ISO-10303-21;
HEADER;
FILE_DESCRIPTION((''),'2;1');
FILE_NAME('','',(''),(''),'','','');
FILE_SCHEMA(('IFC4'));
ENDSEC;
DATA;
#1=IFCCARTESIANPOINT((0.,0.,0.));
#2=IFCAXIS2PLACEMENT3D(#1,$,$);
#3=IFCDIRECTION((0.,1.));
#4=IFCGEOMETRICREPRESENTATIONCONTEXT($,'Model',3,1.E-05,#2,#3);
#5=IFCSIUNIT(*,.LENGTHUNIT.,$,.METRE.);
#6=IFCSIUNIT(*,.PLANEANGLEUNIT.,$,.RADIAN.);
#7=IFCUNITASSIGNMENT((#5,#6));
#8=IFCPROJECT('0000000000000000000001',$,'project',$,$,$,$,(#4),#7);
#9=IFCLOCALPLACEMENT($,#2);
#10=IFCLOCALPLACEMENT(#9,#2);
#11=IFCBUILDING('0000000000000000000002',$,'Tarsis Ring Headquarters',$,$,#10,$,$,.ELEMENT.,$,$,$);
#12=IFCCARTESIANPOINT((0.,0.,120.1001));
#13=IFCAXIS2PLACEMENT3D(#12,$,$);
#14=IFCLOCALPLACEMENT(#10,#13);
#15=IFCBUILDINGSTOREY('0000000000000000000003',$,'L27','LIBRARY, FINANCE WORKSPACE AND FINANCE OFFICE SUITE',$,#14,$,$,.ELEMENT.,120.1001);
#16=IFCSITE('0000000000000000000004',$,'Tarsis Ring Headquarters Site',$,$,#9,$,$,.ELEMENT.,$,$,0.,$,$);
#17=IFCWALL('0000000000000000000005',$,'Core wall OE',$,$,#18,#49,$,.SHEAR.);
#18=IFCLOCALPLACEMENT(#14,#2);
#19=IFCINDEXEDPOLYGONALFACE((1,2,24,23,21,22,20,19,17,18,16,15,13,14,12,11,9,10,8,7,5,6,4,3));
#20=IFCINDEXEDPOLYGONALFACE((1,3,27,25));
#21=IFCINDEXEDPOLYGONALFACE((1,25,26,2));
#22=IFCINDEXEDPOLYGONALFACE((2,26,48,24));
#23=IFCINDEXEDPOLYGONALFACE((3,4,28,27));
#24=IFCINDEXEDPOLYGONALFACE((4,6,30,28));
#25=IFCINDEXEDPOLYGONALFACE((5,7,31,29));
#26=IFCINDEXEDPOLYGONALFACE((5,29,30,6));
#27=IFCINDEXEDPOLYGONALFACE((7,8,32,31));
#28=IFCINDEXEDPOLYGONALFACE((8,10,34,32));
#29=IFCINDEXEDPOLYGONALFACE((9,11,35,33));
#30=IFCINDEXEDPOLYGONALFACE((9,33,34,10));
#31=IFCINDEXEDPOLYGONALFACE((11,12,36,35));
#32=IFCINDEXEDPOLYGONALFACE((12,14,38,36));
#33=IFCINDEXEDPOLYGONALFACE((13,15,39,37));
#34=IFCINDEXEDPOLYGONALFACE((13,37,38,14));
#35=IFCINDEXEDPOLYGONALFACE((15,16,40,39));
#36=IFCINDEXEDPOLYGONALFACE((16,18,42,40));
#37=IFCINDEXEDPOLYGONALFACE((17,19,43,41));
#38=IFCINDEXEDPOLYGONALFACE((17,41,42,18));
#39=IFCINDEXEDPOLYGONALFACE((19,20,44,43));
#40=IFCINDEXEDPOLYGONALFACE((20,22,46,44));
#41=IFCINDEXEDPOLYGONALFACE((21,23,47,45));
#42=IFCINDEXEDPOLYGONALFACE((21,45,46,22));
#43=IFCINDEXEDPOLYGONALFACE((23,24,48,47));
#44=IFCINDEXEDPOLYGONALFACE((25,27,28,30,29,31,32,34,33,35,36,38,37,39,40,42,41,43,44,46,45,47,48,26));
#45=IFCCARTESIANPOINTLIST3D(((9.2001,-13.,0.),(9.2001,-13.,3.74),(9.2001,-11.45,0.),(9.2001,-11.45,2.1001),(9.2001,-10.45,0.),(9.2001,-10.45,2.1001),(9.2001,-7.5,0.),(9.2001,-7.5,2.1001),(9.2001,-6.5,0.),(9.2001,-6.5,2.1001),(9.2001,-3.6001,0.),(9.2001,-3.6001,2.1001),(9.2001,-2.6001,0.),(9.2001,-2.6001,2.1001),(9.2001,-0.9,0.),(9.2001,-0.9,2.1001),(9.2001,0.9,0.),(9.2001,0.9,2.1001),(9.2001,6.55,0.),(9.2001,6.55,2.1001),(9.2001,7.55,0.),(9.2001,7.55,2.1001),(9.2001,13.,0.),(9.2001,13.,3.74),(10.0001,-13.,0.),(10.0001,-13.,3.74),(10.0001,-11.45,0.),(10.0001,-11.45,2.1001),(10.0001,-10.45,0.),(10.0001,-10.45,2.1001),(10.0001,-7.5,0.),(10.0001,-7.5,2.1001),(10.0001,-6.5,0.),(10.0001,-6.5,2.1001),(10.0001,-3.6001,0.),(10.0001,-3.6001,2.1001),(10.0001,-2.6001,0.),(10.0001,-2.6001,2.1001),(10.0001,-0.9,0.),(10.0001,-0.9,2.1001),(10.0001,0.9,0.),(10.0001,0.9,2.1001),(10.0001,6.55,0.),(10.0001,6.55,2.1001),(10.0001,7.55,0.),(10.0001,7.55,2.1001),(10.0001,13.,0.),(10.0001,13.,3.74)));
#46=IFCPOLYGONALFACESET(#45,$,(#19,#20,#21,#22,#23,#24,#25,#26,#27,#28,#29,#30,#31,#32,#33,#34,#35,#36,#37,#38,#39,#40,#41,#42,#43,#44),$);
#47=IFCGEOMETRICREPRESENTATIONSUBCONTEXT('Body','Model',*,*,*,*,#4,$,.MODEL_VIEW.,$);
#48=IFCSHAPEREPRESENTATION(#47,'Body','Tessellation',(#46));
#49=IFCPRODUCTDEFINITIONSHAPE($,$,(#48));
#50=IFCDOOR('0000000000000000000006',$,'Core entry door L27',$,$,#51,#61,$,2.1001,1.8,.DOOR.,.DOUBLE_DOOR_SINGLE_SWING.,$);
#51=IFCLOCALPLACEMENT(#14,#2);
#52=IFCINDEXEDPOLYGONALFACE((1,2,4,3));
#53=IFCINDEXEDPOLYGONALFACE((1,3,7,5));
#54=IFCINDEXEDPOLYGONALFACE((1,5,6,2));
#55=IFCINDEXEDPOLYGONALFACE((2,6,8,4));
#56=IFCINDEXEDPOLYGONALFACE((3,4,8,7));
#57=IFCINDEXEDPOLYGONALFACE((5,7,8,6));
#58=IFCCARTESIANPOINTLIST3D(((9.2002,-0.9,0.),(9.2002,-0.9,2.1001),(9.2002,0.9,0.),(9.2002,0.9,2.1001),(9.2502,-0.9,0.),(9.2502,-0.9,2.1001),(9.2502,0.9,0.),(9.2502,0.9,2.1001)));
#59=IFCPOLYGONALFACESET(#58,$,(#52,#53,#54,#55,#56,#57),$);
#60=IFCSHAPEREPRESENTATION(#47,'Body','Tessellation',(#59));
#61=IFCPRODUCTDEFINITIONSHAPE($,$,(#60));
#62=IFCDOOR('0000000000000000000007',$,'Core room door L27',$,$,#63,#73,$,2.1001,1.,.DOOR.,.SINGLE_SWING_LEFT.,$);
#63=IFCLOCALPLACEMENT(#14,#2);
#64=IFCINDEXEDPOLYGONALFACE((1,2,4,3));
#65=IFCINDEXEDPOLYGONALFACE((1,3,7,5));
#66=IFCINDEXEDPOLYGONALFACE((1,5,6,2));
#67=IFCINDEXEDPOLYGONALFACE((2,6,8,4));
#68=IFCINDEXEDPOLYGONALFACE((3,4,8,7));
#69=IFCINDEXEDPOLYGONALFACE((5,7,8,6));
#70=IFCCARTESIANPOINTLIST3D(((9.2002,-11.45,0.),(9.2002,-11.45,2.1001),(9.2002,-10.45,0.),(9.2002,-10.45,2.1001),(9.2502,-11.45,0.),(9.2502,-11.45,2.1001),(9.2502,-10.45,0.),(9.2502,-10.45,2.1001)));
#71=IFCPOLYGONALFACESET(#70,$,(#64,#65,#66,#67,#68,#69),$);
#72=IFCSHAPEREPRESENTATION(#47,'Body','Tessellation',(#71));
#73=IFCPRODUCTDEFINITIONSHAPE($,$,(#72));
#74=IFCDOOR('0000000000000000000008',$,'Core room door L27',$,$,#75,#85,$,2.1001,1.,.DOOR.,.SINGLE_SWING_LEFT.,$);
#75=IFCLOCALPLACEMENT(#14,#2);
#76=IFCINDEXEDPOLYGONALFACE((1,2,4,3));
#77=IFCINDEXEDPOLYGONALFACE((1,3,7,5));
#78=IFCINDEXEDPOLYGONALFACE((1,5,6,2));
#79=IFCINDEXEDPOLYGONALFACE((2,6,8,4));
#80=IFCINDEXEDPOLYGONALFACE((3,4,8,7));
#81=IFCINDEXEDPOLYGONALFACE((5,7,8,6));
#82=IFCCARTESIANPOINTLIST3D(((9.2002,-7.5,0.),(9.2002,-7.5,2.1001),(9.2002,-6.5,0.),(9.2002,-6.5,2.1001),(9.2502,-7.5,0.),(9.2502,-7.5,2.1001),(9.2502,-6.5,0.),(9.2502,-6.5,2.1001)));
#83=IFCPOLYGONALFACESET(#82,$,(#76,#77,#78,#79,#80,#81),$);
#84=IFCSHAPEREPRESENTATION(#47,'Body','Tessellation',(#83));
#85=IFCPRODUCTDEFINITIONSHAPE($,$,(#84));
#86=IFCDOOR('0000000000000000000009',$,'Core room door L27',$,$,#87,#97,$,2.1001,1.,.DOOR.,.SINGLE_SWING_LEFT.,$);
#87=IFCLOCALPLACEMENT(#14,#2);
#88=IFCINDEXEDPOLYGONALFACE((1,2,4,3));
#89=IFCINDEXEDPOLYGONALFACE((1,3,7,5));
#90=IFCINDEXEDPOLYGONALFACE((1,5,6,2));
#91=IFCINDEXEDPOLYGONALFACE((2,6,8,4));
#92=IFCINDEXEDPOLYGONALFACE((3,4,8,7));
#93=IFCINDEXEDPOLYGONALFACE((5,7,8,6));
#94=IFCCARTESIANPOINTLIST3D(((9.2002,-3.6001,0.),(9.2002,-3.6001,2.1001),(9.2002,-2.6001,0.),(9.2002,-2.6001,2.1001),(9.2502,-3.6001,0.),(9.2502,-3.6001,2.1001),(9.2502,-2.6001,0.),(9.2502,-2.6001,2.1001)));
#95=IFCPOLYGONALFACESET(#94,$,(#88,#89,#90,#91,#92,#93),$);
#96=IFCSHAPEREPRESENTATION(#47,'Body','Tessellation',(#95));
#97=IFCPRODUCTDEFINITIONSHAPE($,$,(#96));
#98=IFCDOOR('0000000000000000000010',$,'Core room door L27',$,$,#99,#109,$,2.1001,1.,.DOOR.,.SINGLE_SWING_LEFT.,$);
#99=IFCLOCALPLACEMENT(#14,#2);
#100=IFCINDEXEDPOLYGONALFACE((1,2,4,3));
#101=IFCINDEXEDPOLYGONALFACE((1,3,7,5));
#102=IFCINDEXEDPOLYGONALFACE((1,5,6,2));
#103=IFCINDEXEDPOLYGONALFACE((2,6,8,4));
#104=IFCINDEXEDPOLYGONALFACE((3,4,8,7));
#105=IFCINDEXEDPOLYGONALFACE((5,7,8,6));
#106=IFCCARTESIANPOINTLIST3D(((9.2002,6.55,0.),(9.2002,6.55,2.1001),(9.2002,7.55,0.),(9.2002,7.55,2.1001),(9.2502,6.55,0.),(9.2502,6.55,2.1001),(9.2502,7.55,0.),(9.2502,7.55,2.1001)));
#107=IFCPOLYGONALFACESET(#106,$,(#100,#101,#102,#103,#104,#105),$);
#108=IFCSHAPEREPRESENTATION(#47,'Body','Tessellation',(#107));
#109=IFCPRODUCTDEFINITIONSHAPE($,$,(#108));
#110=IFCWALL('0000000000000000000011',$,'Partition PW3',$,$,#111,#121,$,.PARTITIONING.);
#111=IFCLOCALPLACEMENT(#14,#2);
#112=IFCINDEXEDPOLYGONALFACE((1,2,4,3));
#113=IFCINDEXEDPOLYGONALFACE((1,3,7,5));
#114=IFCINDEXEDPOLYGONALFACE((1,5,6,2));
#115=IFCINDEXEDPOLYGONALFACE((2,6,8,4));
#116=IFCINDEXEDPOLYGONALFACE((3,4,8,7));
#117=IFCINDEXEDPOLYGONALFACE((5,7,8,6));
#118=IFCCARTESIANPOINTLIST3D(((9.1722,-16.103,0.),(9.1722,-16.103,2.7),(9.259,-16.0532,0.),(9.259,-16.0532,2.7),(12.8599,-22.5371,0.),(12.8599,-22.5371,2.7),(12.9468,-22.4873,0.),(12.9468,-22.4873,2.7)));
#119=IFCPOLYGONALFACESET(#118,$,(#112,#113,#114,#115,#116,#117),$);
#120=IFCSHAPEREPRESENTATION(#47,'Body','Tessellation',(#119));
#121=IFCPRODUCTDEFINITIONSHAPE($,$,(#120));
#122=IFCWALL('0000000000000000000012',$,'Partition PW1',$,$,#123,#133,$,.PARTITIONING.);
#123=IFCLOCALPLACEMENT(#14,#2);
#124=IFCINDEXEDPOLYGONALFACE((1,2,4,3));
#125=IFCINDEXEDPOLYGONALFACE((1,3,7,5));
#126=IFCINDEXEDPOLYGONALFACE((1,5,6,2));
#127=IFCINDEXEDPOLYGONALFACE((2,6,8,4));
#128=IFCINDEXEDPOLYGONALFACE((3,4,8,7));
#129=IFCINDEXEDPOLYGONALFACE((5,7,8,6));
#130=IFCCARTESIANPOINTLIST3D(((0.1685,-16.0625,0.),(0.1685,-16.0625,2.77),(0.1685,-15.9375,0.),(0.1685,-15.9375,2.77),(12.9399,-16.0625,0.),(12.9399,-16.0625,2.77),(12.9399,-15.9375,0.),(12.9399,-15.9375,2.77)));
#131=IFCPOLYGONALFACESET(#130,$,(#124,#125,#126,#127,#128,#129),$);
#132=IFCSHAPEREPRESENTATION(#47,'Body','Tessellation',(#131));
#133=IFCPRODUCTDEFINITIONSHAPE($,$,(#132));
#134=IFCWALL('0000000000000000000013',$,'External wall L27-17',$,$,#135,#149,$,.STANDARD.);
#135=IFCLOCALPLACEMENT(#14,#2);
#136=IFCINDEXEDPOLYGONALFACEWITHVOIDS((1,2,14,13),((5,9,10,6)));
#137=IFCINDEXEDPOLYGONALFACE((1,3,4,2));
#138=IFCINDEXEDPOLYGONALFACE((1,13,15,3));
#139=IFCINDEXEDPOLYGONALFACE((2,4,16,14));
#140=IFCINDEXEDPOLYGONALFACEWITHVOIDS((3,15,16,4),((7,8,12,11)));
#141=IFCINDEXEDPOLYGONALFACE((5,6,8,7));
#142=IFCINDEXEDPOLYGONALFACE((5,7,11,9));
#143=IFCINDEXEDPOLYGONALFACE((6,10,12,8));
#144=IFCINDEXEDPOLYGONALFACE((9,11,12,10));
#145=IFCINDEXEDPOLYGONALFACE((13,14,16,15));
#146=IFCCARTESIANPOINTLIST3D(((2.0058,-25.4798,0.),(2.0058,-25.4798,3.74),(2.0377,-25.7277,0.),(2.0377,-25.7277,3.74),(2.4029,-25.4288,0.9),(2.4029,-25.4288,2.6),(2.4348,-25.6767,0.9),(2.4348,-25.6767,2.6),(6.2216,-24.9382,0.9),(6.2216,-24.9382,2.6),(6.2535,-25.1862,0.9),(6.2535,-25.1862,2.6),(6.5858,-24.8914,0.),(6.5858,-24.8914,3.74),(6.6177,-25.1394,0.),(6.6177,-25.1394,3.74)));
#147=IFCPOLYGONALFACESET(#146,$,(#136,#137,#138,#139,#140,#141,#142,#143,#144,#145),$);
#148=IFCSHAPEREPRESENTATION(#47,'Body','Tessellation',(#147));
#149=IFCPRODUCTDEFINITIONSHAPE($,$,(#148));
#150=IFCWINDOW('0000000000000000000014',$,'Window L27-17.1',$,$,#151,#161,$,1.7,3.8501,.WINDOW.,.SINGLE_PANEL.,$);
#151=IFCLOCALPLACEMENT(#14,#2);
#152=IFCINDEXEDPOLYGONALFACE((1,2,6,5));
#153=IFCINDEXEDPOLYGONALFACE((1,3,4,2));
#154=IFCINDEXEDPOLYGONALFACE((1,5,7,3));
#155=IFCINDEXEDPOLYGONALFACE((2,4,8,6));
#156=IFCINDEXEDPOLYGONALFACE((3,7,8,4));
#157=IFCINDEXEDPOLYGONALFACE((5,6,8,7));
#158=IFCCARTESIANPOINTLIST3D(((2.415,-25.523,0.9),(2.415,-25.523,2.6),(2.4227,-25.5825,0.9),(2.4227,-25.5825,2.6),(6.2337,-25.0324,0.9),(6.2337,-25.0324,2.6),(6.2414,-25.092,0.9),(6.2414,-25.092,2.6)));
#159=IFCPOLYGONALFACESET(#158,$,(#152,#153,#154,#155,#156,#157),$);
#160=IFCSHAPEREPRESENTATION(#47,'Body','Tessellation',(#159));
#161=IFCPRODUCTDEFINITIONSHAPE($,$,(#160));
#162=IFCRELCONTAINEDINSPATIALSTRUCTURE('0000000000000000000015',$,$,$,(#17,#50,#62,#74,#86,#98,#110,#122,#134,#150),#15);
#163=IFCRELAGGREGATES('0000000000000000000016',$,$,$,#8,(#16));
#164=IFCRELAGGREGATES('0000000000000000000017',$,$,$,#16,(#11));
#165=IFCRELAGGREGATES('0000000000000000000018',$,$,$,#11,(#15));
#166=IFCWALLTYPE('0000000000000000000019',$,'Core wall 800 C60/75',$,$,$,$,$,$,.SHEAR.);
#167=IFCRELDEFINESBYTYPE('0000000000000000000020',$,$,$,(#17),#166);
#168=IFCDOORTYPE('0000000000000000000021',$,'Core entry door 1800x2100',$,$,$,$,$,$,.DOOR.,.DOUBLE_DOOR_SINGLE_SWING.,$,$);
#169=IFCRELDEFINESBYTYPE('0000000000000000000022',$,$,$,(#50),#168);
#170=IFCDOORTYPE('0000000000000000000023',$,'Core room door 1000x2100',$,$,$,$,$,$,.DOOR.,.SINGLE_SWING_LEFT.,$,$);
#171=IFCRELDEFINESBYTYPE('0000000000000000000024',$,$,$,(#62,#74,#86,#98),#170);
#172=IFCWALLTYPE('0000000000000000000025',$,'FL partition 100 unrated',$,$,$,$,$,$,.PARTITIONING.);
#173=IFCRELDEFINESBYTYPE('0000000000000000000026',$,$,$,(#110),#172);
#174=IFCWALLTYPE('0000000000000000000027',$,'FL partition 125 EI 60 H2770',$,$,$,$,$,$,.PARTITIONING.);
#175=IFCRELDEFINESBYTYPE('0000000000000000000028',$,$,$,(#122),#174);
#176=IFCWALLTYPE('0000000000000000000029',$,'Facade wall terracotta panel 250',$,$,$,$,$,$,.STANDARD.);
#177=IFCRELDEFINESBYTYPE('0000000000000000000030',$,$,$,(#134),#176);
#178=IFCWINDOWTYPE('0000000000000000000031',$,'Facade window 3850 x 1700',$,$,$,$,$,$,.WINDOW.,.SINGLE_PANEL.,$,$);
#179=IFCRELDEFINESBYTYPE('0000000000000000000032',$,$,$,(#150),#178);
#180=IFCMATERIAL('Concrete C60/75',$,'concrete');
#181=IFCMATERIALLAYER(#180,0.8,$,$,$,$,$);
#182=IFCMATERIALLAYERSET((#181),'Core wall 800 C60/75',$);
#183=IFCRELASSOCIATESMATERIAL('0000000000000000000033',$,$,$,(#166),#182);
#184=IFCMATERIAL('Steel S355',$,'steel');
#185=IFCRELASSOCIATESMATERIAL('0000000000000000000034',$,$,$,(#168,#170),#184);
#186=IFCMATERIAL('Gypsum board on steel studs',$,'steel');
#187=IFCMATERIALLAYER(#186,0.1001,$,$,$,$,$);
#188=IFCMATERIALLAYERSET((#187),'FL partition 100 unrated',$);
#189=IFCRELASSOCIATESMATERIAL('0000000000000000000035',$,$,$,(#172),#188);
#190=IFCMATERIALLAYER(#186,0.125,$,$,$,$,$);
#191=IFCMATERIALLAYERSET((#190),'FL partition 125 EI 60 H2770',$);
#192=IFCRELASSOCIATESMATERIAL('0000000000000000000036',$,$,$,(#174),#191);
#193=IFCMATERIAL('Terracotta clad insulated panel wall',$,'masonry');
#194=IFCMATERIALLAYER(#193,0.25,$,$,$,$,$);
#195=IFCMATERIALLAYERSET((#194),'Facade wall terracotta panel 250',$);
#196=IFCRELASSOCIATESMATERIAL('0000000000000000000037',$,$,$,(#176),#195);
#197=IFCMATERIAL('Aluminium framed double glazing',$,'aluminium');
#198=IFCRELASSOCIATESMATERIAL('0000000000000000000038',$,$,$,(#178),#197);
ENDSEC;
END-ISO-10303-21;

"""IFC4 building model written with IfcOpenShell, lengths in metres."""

from ifc_helpers import new_model, si_unit, direction, frame, frame_2d, origin, place, context, subcontext, project, spatial, rectangle, extrude, material, layer, layer_set, type_object, element, fill, save


model = new_model("IFC4")

# Units and contexts
model_context = context("Model", 3, precision=1e-05, world=origin(), true_north=direction((0.0, 1.0)))
body_context = subcontext(model_context, "Body", "Model", "MODEL_VIEW")
ifc_project = project(units=[si_unit("LENGTHUNIT", "METRE"), si_unit("PLANEANGLEUNIT", "RADIAN")], contexts=[model_context])

# Site, building, storey
site_placement = place(None, origin())
site = spatial("IfcSite", under=ifc_project, at=site_placement, Name="Tarsis Ring Headquarters Site", CompositionType="ELEMENT", RefElevation=0.0)
building_placement = place(site_placement, origin())
building = spatial("IfcBuilding", under=site, at=building_placement, Name="Tarsis Ring Headquarters", CompositionType="ELEMENT")
storey_placement = place(building_placement, frame((0.0, 0.0, 120.1001)))
storey = spatial("IfcBuildingStorey", under=building, at=storey_placement, Name="L27", Description="LIBRARY, FINANCE WORKSPACE AND FINANCE OFFICE SUITE", CompositionType="ELEMENT", Elevation=120.1001)

# Wall, openings, doors
ifc_material_1 = material(Name="Concrete C60/75", Category="concrete")
ifc_layer_1 = layer(ifc_material_1, 0.8)
ifc_layer_set_1 = layer_set([ifc_layer_1], Name="Core wall 800 C60/75")
wall_type_1 = type_object("IfcWallType", Name="Core wall 800 C60/75", PredefinedType="SHEAR", material=ifc_layer_set_1)
ifc_material_2 = material(Name="Steel S355", Category="steel")
door_type_1 = type_object("IfcDoorType", Name="Core entry door 1800x2100", OperationType="DOUBLE_DOOR_SINGLE_SWING", PredefinedType="DOOR", material=ifc_material_2)
door_type_2 = type_object("IfcDoorType", Name="Core room door 1000x2100", OperationType="SINGLE_SWING_LEFT", PredefinedType="DOOR", material=ifc_material_2)
wall_1_placement = place(storey_placement, frame((9.6001, -13.0, 0.0), z_axis=(0.0, 0.0, 1.0), x_axis=(0.0, 1.0, 0.0)))
wall_1 = element("IfcWall", 1, at=wall_1_placement, inside=storey, type_object=wall_type_1, Name="Core wall OE", PredefinedType="SHEAR", context=body_context, shape_type="SweptSolid", body=[
    extrude(rectangle(XDim=26.0, YDim=0.8, at=frame_2d((13.0, 0.0))), origin(), (0.0, 0.0, 1.0), 3.74),
])
opening_1_placement = place(wall_1_placement, frame((1.55, 0.0, 0.0)))
opening_1 = element("IfcOpeningElement", 2, at=opening_1_placement, cuts=wall_1, PredefinedType="OPENING", context=body_context, shape_type="SweptSolid", body=[
    extrude(rectangle(XDim=1.0, YDim=2.1001, at=frame_2d((0.5, 1.05))), frame((0.0, 0.4099, 0.0), z_axis=(0.0, -1.0, 0.0), x_axis=(1.0, 0.0, 0.0)), (0.0, 0.0, 1.0), 0.8201),
])
opening_2_placement = place(wall_1_placement, frame((5.5, 0.0, 0.0)))
opening_2 = element("IfcOpeningElement", 3, at=opening_2_placement, cuts=wall_1, PredefinedType="OPENING", context=body_context, shape_type="SweptSolid", body=[
    extrude(rectangle(XDim=1.0, YDim=2.1001, at=frame_2d((0.5, 1.05))), frame((0.0, 0.4099, 0.0), z_axis=(0.0, -1.0, 0.0), x_axis=(1.0, 0.0, 0.0)), (0.0, 0.0, 1.0), 0.8201),
])
opening_3_placement = place(wall_1_placement, frame((9.3999, 0.0, 0.0)))
opening_3 = element("IfcOpeningElement", 4, at=opening_3_placement, cuts=wall_1, PredefinedType="OPENING", context=body_context, shape_type="SweptSolid", body=[
    extrude(rectangle(XDim=1.0, YDim=2.1001, at=frame_2d((0.5, 1.05))), frame((0.0, 0.4099, 0.0), z_axis=(0.0, -1.0, 0.0), x_axis=(1.0, 0.0, 0.0)), (0.0, 0.0, 1.0), 0.8201),
])
opening_4_placement = place(wall_1_placement, frame((12.1001, 0.0, 0.0)))
opening_4 = element("IfcOpeningElement", 5, at=opening_4_placement, cuts=wall_1, PredefinedType="OPENING", context=body_context, shape_type="SweptSolid", body=[
    extrude(rectangle(XDim=1.8, YDim=2.1001, at=frame_2d((0.8999, 1.05))), frame((0.0, 0.4099, 0.0), z_axis=(0.0, -1.0, 0.0), x_axis=(1.0, 0.0, 0.0)), (0.0, 0.0, 1.0), 0.8201),
])
opening_5_placement = place(wall_1_placement, frame((19.55, 0.0, 0.0)))
opening_5 = element("IfcOpeningElement", 6, at=opening_5_placement, cuts=wall_1, PredefinedType="OPENING", context=body_context, shape_type="SweptSolid", body=[
    extrude(rectangle(XDim=1.0, YDim=2.1001, at=frame_2d((0.5, 1.05))), frame((0.0, 0.4099, 0.0), z_axis=(0.0, -1.0, 0.0), x_axis=(1.0, 0.0, 0.0)), (0.0, 0.0, 1.0), 0.8201),
])
door_1_placement = place(opening_4_placement, origin())
door_1 = element("IfcDoor", 7, at=door_1_placement, inside=storey, type_object=door_type_1, Name="Core entry door L27", OperationType="DOUBLE_DOOR_SINGLE_SWING", OverallHeight=2.1001, OverallWidth=1.8, PredefinedType="DOOR", context=body_context, shape_type="SweptSolid", body=[
    extrude(rectangle(XDim=1.8, YDim=2.1001, at=frame_2d((0.8999, 1.05))), frame((0.0, 0.3999, 0.0), z_axis=(0.0, -1.0, 0.0), x_axis=(1.0, 0.0, 0.0)), (0.0, 0.0, 1.0), 0.05),
])
fill(opening_4, door_1)
door_2_placement = place(opening_1_placement, origin())
door_2 = element("IfcDoor", 8, at=door_2_placement, inside=storey, type_object=door_type_2, Name="Core room door L27", OperationType="SINGLE_SWING_LEFT", OverallHeight=2.1001, OverallWidth=1.0, PredefinedType="DOOR", context=body_context, shape_type="SweptSolid", body=[
    extrude(rectangle(XDim=1.0, YDim=2.1001, at=frame_2d((0.5, 1.05))), frame((0.0, 0.3999, 0.0), z_axis=(0.0, -1.0, 0.0), x_axis=(1.0, 0.0, 0.0)), (0.0, 0.0, 1.0), 0.05),
])
fill(opening_1, door_2)
door_3_placement = place(opening_2_placement, origin())
door_3 = element("IfcDoor", 9, at=door_3_placement, inside=storey, type_object=door_type_2, Name="Core room door L27", OperationType="SINGLE_SWING_LEFT", OverallHeight=2.1001, OverallWidth=1.0, PredefinedType="DOOR", context=body_context, shape_type="SweptSolid", body=[
    extrude(rectangle(XDim=1.0, YDim=2.1001, at=frame_2d((0.5, 1.05))), frame((0.0, 0.3999, 0.0), z_axis=(0.0, -1.0, 0.0), x_axis=(1.0, 0.0, 0.0)), (0.0, 0.0, 1.0), 0.05),
])
fill(opening_2, door_3)
door_4_placement = place(opening_3_placement, origin())
door_4 = element("IfcDoor", 10, at=door_4_placement, inside=storey, type_object=door_type_2, Name="Core room door L27", OperationType="SINGLE_SWING_LEFT", OverallHeight=2.1001, OverallWidth=1.0, PredefinedType="DOOR", context=body_context, shape_type="SweptSolid", body=[
    extrude(rectangle(XDim=1.0, YDim=2.1001, at=frame_2d((0.5, 1.05))), frame((0.0, 0.3999, 0.0), z_axis=(0.0, -1.0, 0.0), x_axis=(1.0, 0.0, 0.0)), (0.0, 0.0, 1.0), 0.05),
])
fill(opening_3, door_4)
door_5_placement = place(opening_5_placement, origin())
door_5 = element("IfcDoor", 11, at=door_5_placement, inside=storey, type_object=door_type_2, Name="Core room door L27", OperationType="SINGLE_SWING_LEFT", OverallHeight=2.1001, OverallWidth=1.0, PredefinedType="DOOR", context=body_context, shape_type="SweptSolid", body=[
    extrude(rectangle(XDim=1.0, YDim=2.1001, at=frame_2d((0.5, 1.05))), frame((0.0, 0.3999, 0.0), z_axis=(0.0, -1.0, 0.0), x_axis=(1.0, 0.0, 0.0)), (0.0, 0.0, 1.0), 0.05),
])
fill(opening_5, door_5)

# Walls
ifc_material_3 = material(Name="Gypsum board on steel studs", Category="steel")
ifc_layer_2 = layer(ifc_material_3, 0.1001)
ifc_layer_set_2 = layer_set([ifc_layer_2], Name="FL partition 100 unrated")
wall_type_2 = type_object("IfcWallType", Name="FL partition 100 unrated", PredefinedType="PARTITIONING", material=ifc_layer_set_2)
wall_2_placement = place(storey_placement, frame((9.2156, -16.0781, 0.0), z_axis=(0.0, 0.0, 1.0), x_axis=(0.497269, -0.867596, 0.0)))
element("IfcWall", 12, at=wall_2_placement, inside=storey, type_object=wall_type_2, Name="Partition PW3", PredefinedType="PARTITIONING", context=body_context, shape_type="SweptSolid", body=[
    extrude(rectangle(XDim=7.416, YDim=0.1001, at=frame_2d((3.708, 0.0))), origin(), (0.0, 0.0, 1.0), 2.7),
])
ifc_layer_3 = layer(ifc_material_3, 0.125)
ifc_layer_set_3 = layer_set([ifc_layer_3], Name="FL partition 125 EI 60 H2770")
wall_type_3 = type_object("IfcWallType", Name="FL partition 125 EI 60 H2770", PredefinedType="PARTITIONING", material=ifc_layer_set_3)
wall_3_placement = place(storey_placement, frame((0.1685, -16.0, 0.0), z_axis=(0.0, 0.0, 1.0), x_axis=(1.0, 0.0, 0.0)))
element("IfcWall", 13, at=wall_3_placement, inside=storey, type_object=wall_type_3, Name="Partition PW1", PredefinedType="PARTITIONING", context=body_context, shape_type="SweptSolid", body=[
    extrude(rectangle(XDim=12.7715, YDim=0.125, at=frame_2d((6.3857, 0.0))), origin(), (0.0, 0.0, 1.0), 2.77),
])

# Wall, opening, window
ifc_material_4 = material(Name="Terracotta clad insulated panel wall", Category="masonry")
ifc_layer_4 = layer(ifc_material_4, 0.25)
ifc_layer_set_4 = layer_set([ifc_layer_4], Name="Facade wall terracotta panel 250")
wall_type_4 = type_object("IfcWallType", Name="Facade wall terracotta panel 250", PredefinedType="STANDARD", material=ifc_layer_set_4)
wall_4_placement = place(storey_placement, frame((2.0217, -25.6038, 0.0), z_axis=(0.0, 0.0, 1.0), x_axis=(0.991849, 0.127418, 0.0)))
wall_4 = element("IfcWall", 14, at=wall_4_placement, inside=storey, type_object=wall_type_4, Name="External wall L27-17", PredefinedType="STANDARD", context=body_context, shape_type="SweptSolid", body=[
    extrude(rectangle(XDim=4.6177, YDim=0.25, at=frame_2d((2.3088, 0.0))), origin(), (0.0, 0.0, 1.0), 3.74),
])
opening_6_placement = place(wall_4_placement, frame((0.4004, 0.0, 0.8999)))
opening_6 = element("IfcOpeningElement", 15, at=opening_6_placement, cuts=wall_4, PredefinedType="OPENING", context=body_context, shape_type="SweptSolid", body=[
    extrude(rectangle(XDim=3.8501, YDim=1.7, at=frame_2d((1.925, 0.8501))), frame((0.0, 0.135, 0.0), z_axis=(0.0, -1.0, 0.0), x_axis=(1.0, 0.0, 0.0)), (0.0, 0.0, 1.0), 0.27),
])
ifc_material_5 = material(Name="Aluminium framed double glazing", Category="aluminium")
window_type_1 = type_object("IfcWindowType", Name="Facade window 3850 x 1700", PartitioningType="SINGLE_PANEL", PredefinedType="WINDOW", material=ifc_material_5)
window_1_placement = place(opening_6_placement, origin())
window_1 = element("IfcWindow", 16, at=window_1_placement, inside=storey, type_object=window_type_1, Name="Window L27-17.1", OverallHeight=1.7, OverallWidth=3.8501, PartitioningType="SINGLE_PANEL", PredefinedType="WINDOW", context=body_context, shape_type="SweptSolid", body=[
    extrude(rectangle(XDim=3.8501, YDim=1.7, at=frame_2d((1.925, 0.8501))), frame((0.0, 0.03, 0.0), z_axis=(0.0, -1.0, 0.0), x_axis=(1.0, 0.0, 0.0)), (0.0, 0.0, 1.0), 0.0601),
])
fill(opening_6, window_1)

save(model, "model.ifc")
